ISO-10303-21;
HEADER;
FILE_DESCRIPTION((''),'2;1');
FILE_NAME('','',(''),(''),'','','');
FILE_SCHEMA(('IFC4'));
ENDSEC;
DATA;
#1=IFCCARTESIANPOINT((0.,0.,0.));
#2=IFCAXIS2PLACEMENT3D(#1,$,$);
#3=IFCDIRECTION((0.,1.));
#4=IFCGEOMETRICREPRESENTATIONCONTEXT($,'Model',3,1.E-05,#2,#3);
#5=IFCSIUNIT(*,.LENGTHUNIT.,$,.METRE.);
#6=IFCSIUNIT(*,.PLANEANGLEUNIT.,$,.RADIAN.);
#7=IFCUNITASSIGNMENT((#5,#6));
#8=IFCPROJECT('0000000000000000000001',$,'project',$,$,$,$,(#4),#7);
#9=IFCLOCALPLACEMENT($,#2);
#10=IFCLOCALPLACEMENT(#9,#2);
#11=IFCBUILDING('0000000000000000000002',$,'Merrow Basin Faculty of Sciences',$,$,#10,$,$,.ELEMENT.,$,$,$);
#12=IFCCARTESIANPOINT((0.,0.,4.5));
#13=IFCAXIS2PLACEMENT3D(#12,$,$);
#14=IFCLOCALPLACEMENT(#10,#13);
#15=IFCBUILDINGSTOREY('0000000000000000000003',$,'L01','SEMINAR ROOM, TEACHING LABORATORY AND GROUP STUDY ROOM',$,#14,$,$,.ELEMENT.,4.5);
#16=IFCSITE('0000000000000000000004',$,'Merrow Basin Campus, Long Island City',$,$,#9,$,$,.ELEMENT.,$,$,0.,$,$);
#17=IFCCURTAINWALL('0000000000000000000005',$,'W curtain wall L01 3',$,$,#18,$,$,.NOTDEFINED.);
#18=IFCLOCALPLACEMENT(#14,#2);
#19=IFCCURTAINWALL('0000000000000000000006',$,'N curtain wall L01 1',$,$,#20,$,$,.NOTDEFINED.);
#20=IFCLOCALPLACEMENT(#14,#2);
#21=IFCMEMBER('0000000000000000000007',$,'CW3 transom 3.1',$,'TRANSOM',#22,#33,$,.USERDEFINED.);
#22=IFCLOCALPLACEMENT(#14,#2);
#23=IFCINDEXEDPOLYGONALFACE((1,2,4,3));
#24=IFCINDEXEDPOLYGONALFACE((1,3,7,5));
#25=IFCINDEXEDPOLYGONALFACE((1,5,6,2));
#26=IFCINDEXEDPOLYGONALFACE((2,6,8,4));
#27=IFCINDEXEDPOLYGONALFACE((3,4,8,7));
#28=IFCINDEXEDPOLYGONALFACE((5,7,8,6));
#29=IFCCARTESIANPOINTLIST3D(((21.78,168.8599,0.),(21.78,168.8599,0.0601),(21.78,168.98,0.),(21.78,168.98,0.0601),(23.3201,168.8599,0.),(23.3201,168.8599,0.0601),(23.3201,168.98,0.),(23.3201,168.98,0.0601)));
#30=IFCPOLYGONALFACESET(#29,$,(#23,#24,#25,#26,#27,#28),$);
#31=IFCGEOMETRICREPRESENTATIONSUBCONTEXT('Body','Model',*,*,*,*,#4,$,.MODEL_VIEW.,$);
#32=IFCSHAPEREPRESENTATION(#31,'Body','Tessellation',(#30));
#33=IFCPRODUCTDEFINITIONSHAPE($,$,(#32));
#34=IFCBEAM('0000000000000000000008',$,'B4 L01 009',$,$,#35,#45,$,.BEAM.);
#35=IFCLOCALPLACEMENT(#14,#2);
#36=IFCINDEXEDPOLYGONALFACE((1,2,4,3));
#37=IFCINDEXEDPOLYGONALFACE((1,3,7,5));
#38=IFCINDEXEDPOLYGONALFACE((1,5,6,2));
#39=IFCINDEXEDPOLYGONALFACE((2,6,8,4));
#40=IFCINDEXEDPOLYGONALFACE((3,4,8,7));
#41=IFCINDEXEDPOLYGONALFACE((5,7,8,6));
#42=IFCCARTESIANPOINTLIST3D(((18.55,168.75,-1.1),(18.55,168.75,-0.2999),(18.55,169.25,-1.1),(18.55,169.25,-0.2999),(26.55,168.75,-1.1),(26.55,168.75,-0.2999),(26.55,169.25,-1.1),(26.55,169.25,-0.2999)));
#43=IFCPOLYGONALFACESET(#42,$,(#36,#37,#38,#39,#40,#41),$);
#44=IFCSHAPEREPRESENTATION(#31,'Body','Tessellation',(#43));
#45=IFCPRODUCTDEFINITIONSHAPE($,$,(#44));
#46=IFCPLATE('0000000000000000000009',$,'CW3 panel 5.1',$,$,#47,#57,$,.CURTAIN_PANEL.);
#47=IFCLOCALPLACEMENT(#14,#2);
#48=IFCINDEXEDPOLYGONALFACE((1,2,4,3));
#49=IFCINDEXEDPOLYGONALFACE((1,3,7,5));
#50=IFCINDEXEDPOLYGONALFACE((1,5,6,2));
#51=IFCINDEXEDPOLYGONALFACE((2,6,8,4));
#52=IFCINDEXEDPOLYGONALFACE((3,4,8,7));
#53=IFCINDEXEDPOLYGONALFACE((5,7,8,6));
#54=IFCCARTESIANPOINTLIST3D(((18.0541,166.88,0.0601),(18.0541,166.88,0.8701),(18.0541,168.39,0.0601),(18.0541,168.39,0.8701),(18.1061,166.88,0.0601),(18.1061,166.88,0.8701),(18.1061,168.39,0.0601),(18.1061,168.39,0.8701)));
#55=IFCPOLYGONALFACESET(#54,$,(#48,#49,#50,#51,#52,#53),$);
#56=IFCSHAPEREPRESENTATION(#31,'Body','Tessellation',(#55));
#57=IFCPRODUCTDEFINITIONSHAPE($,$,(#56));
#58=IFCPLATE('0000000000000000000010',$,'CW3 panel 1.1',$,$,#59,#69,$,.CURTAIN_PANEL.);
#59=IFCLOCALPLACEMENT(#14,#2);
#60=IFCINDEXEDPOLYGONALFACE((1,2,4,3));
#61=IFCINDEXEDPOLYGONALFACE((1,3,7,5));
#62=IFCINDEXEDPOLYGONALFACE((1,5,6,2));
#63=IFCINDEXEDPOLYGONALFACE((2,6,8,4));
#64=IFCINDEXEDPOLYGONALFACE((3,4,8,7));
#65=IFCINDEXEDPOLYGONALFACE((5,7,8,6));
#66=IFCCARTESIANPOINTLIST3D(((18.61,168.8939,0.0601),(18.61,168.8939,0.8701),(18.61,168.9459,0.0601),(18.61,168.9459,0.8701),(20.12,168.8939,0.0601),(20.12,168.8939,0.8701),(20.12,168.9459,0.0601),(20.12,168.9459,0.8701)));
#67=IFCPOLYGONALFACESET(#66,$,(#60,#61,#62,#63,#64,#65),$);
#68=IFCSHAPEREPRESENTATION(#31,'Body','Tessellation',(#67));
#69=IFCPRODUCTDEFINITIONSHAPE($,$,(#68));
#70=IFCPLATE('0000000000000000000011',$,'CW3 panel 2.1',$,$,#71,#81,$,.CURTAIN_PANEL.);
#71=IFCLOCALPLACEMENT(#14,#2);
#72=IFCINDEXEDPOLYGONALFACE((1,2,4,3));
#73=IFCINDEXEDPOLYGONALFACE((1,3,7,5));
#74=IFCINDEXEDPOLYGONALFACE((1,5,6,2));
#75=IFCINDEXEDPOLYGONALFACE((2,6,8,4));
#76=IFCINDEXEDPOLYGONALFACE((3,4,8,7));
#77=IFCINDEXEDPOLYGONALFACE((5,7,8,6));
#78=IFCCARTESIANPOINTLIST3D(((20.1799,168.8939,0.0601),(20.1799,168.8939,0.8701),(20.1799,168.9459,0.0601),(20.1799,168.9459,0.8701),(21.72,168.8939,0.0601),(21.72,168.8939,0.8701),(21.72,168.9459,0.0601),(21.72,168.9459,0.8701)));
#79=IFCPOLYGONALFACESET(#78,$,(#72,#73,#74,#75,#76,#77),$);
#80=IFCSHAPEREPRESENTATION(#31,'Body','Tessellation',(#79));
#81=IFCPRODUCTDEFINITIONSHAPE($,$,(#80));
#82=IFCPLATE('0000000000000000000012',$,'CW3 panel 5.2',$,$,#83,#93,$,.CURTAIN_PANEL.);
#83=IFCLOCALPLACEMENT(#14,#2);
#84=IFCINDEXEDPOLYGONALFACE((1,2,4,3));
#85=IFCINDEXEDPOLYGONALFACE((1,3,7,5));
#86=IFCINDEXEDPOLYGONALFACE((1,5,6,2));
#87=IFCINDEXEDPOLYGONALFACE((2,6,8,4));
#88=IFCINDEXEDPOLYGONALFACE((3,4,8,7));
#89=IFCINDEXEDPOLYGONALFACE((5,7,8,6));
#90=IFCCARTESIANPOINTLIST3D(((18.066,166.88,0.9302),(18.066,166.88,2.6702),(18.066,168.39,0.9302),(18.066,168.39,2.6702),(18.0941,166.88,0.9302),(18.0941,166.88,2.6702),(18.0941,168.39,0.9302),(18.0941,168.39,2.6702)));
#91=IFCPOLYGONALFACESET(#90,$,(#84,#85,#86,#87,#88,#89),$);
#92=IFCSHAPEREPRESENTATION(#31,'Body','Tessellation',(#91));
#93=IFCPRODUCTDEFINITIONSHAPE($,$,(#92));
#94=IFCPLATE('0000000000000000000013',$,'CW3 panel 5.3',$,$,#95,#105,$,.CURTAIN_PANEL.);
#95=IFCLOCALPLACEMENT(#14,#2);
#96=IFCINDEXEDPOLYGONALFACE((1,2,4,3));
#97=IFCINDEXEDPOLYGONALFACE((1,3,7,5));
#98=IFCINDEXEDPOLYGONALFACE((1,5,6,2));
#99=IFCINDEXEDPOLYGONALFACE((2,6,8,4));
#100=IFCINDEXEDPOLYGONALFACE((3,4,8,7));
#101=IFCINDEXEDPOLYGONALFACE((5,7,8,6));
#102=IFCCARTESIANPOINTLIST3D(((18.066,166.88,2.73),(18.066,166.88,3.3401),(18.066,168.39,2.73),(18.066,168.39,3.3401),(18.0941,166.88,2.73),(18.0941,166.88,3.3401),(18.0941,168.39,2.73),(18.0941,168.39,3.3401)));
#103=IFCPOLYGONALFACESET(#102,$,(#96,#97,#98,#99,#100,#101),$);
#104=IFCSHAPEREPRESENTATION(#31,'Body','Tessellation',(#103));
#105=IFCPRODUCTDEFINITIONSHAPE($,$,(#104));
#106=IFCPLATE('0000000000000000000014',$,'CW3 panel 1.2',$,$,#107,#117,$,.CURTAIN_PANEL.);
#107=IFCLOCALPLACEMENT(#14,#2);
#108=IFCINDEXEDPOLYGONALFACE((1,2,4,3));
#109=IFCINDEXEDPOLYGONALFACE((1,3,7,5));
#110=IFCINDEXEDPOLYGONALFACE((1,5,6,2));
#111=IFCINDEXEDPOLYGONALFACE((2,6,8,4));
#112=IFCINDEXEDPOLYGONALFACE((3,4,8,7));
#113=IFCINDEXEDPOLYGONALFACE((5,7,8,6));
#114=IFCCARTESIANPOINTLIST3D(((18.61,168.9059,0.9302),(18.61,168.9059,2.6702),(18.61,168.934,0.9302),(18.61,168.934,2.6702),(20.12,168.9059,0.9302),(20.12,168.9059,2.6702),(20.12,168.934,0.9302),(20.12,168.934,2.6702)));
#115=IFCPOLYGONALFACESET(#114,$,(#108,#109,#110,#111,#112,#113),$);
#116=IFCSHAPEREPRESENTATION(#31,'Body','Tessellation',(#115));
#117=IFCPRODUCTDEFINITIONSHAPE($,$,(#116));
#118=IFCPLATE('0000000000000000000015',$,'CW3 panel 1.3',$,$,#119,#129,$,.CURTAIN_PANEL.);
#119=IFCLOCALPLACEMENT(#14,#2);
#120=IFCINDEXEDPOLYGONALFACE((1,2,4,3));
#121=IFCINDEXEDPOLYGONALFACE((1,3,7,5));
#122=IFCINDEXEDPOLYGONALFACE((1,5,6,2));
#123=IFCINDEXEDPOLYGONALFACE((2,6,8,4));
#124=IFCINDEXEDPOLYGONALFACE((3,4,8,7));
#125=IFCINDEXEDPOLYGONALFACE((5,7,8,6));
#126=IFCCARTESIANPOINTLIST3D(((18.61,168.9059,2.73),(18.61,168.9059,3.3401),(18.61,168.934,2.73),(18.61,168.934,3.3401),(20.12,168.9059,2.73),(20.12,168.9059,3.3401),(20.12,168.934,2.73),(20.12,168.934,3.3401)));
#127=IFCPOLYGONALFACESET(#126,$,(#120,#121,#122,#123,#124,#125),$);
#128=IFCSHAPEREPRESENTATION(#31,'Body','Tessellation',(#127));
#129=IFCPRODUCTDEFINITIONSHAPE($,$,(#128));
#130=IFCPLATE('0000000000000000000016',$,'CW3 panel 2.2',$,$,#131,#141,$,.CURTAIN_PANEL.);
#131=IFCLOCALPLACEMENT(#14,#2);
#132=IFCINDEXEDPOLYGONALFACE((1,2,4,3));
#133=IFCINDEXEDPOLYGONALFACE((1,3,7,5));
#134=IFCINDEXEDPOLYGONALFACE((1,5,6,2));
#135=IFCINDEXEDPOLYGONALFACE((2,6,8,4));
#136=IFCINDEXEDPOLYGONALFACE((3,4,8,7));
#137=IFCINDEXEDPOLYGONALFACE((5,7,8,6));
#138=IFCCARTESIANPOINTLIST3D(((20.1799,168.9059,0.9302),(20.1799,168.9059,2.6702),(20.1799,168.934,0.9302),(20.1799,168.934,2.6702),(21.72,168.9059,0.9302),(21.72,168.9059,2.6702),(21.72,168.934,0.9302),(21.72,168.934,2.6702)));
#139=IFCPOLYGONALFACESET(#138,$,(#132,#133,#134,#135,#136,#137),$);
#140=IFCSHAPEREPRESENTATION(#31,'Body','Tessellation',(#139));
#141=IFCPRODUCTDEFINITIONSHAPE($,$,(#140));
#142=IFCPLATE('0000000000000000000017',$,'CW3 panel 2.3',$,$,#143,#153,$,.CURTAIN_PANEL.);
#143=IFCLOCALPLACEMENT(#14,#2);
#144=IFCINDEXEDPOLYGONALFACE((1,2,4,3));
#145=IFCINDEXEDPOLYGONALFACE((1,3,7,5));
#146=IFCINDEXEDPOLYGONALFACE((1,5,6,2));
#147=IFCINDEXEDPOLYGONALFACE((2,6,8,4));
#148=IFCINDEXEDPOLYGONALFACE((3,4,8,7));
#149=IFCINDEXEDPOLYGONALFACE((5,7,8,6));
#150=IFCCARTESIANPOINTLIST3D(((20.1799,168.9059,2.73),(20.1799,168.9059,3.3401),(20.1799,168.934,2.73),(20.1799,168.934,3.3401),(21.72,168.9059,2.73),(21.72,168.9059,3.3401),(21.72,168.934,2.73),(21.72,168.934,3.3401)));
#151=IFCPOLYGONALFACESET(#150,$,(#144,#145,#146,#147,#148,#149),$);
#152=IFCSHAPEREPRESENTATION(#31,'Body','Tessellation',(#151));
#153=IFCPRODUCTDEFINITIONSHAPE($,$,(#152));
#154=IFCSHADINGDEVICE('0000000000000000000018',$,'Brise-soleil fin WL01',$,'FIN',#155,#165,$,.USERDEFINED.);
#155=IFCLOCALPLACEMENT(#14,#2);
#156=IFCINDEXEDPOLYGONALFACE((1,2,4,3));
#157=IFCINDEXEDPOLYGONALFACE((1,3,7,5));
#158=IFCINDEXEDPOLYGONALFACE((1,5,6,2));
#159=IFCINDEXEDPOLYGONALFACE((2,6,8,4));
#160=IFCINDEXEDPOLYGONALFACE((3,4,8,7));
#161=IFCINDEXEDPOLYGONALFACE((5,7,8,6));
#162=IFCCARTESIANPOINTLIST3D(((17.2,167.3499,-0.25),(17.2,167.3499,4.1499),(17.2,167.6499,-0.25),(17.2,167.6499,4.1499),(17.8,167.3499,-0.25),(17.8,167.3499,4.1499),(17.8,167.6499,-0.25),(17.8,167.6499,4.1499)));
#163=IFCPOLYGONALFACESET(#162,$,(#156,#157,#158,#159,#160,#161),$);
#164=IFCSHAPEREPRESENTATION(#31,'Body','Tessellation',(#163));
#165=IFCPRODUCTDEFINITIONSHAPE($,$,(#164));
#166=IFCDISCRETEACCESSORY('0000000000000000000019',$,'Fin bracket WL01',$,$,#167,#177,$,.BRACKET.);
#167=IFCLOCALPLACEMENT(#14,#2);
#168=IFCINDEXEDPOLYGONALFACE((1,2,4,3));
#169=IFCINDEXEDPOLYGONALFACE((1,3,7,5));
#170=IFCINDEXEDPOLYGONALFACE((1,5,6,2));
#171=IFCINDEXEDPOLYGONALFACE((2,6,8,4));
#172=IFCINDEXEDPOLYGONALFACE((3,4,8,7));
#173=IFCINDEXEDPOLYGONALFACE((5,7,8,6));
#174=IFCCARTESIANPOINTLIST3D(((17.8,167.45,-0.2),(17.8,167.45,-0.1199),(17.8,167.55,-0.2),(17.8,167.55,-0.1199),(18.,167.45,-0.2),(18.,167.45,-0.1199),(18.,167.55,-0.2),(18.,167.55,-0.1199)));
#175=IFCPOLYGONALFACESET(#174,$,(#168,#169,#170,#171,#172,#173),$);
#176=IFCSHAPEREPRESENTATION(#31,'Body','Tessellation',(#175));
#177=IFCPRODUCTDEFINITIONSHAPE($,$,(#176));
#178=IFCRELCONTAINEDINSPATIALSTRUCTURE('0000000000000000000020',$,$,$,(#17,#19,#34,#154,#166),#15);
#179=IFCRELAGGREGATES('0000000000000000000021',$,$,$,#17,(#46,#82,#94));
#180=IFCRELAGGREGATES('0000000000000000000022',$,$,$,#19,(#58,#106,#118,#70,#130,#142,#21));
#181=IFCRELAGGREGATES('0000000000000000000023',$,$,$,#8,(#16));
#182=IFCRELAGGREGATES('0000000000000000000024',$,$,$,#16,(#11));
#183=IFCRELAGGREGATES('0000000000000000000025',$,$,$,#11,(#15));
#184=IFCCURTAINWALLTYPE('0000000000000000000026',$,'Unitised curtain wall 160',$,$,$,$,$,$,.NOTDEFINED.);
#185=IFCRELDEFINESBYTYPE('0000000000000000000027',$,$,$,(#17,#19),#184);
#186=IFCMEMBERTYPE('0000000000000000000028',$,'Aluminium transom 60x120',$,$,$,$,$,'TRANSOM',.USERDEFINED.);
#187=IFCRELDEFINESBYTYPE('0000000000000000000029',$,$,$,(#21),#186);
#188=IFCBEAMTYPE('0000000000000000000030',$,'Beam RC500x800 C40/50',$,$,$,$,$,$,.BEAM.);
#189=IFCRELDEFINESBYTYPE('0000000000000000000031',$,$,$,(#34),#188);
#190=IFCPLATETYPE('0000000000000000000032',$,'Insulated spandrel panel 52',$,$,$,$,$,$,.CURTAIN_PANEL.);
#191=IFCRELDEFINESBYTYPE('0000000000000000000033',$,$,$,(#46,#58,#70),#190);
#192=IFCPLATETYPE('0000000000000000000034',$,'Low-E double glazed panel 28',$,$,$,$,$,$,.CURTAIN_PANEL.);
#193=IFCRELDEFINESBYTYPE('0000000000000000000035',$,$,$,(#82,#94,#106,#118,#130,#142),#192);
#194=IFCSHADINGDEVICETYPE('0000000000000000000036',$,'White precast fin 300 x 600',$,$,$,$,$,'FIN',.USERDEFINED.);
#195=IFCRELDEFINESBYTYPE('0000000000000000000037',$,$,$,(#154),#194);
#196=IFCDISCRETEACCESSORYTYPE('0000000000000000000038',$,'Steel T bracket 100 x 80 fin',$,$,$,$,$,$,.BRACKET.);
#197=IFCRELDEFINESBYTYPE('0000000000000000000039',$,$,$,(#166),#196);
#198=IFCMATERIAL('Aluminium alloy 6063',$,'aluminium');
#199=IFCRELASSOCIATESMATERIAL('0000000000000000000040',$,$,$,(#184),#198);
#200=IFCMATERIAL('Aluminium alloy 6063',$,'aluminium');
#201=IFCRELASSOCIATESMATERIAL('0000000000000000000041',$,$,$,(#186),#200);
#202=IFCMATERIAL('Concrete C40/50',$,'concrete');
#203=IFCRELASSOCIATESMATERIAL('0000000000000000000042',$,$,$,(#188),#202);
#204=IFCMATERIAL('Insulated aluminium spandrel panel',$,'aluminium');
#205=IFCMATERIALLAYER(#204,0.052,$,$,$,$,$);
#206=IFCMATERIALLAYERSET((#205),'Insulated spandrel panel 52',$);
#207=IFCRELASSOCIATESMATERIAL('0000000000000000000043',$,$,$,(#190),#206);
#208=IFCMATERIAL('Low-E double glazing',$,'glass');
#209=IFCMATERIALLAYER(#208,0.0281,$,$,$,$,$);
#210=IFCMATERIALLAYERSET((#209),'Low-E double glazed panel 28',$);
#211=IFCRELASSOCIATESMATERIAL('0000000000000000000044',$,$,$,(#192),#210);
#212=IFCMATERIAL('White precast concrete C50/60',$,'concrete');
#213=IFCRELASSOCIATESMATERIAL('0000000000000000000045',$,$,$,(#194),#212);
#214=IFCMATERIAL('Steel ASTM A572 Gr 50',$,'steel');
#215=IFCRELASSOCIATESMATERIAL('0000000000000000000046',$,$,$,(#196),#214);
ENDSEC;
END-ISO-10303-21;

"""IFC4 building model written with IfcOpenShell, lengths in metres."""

from ifc_helpers import new_model, si_unit, direction, frame, origin, origin_2d, place, context, subcontext, project, spatial, polyline, rectangle, outline, extrude, source, transform, mapped, material, layer, layer_set, material_profile, profile_set, type_object, element, aggregate, save


model = new_model("IFC4")

# Units and contexts
model_context = context("Model", 3, precision=1e-05, world=origin(), true_north=direction((0.0, 1.0)))
body_context = subcontext(model_context, "Body", "Model", "MODEL_VIEW")
ifc_project = project(units=[si_unit("LENGTHUNIT", "METRE"), si_unit("PLANEANGLEUNIT", "RADIAN")], contexts=[model_context])

# Site, building, storey
site_placement = place(None, origin())
site = spatial("IfcSite", under=ifc_project, at=site_placement, Name="Merrow Basin Campus, Long Island City", CompositionType="ELEMENT", RefElevation=0.0)
building_placement = place(site_placement, origin())
building = spatial("IfcBuilding", under=site, at=building_placement, Name="Merrow Basin Faculty of Sciences", CompositionType="ELEMENT")
storey_placement = place(building_placement, frame((0.0, 0.0, 4.5)))
storey = spatial("IfcBuildingStorey", under=building, at=storey_placement, Name="L01", Description="SEMINAR ROOM, TEACHING LABORATORY AND GROUP STUDY ROOM", CompositionType="ELEMENT", Elevation=4.5)

# Curtain wall
ifc_material_1 = material(Name="Aluminium alloy 6063", Category="aluminium")
curtain_wall_type = type_object("IfcCurtainWallType", Name="Unitised curtain wall 160", PredefinedType="NOTDEFINED", material=ifc_material_1)
curtain_wall_1_placement = place(storey_placement, origin())
curtain_wall_1 = element("IfcCurtainWall", 1, at=curtain_wall_1_placement, inside=storey, type_object=curtain_wall_type, Name="W curtain wall L01 3", PredefinedType="NOTDEFINED")

# Curtain wall
curtain_wall_2_placement = place(storey_placement, origin())
curtain_wall_2 = element("IfcCurtainWall", 2, at=curtain_wall_2_placement, inside=storey, type_object=curtain_wall_type, Name="N curtain wall L01 1", PredefinedType="NOTDEFINED")

# Member
ifc_material_2 = material(Name="Aluminium alloy 6063", Category="aluminium")
ifc_material_profile_1 = material_profile(ifc_material_2, rectangle(XDim=0.1201, YDim=0.0601, at=origin_2d()))
ifc_profile_set_1 = profile_set([ifc_material_profile_1], Name="Aluminium alloy 6063")
member_type_1 = type_object("IfcMemberType", Name="Aluminium transom 60x120", ElementType="TRANSOM", PredefinedType="USERDEFINED", material=ifc_profile_set_1)
member_1_placement = place(storey_placement, frame((21.78, 168.9199, 0.03), z_axis=(1.0, 0.0, 0.0), x_axis=(0.0, 1.0, 0.0)))
member_1 = element("IfcMember", 3, at=member_1_placement, type_object=member_type_1, Name="CW3 transom 3.1", ObjectType="TRANSOM", PredefinedType="USERDEFINED", context=body_context, shape_type="SweptSolid", body=[
    extrude(rectangle(XDim=0.1201, YDim=0.0601, at=origin_2d()), origin(), (0.0, 0.0, 1.0), 1.54),
])

# Beam
ifc_material_3 = material(Name="Concrete C40/50", Category="concrete")
ifc_material_profile_2 = material_profile(ifc_material_3, rectangle(XDim=0.5, YDim=0.8, at=origin_2d()))
ifc_profile_set_2 = profile_set([ifc_material_profile_2], Name="Concrete C40/50")
beam_type = type_object("IfcBeamType", Name="Beam RC500x800 C40/50", PredefinedType="BEAM", material=ifc_profile_set_2)
beam_placement = place(storey_placement, frame((18.55, 169.0, -0.7), z_axis=(1.0, 0.0, 0.0), x_axis=(0.0, 1.0, 0.0)))
element("IfcBeam", 4, at=beam_placement, inside=storey, type_object=beam_type, Name="B4 L01 009", PredefinedType="BEAM", context=body_context, shape_type="SweptSolid", body=[
    extrude(rectangle(XDim=0.5, YDim=0.8, at=origin_2d()), origin(), (0.0, 0.0, 1.0), 8.0),
])

# Plates
ifc_material_4 = material(Name="Insulated aluminium spandrel panel", Category="aluminium")
ifc_layer_1 = layer(ifc_material_4, 0.052)
ifc_layer_set_1 = layer_set([ifc_layer_1], Name="Insulated spandrel panel 52")
plate_type_1 = type_object("IfcPlateType", Name="Insulated spandrel panel 52", PredefinedType="CURTAIN_PANEL", material=ifc_layer_set_1)
plate_1_placement = place(storey_placement, frame((18.0801, 167.635, 0.0601), z_axis=(0.0, 0.0, 1.0), x_axis=(0.0, 1.0, 0.0)))
plate_1 = element("IfcPlate", 5, at=plate_1_placement, type_object=plate_type_1, Name="CW3 panel 5.1", PredefinedType="CURTAIN_PANEL", context=body_context, shape_type="SweptSolid", body=[
    extrude(rectangle(XDim=1.51, YDim=0.052, at=origin_2d()), origin(), (0.0, 0.0, 1.0), 0.8101),
])
plate_2_placement = place(storey_placement, frame((19.365, 168.9199, 0.0601), z_axis=(0.0, 0.0, 1.0), x_axis=(1.0, 0.0, 0.0)))
plate_2 = element("IfcPlate", 6, at=plate_2_placement, type_object=plate_type_1, Name="CW3 panel 1.1", PredefinedType="CURTAIN_PANEL", context=body_context, shape_type="SweptSolid", body=[
    extrude(rectangle(XDim=1.51, YDim=0.052, at=origin_2d()), origin(), (0.0, 0.0, 1.0), 0.8101),
])
plate_3_placement = place(storey_placement, frame((20.95, 168.9199, 0.0601), z_axis=(0.0, 0.0, 1.0), x_axis=(1.0, 0.0, 0.0)))
plate_3 = element("IfcPlate", 7, at=plate_3_placement, type_object=plate_type_1, Name="CW3 panel 2.1", PredefinedType="CURTAIN_PANEL", context=body_context, shape_type="SweptSolid", body=[
    extrude(rectangle(XDim=1.54, YDim=0.052, at=origin_2d()), origin(), (0.0, 0.0, 1.0), 0.8101),
])
ifc_material_5 = material(Name="Low-E double glazing", Category="glass")
ifc_layer_2 = layer(ifc_material_5, 0.0281)
ifc_layer_set_2 = layer_set([ifc_layer_2], Name="Low-E double glazed panel 28")
plate_type_2 = type_object("IfcPlateType", Name="Low-E double glazed panel 28", PredefinedType="CURTAIN_PANEL", material=ifc_layer_set_2)
plate_4_placement = place(storey_placement, frame((18.0801, 167.635, 0.9302), z_axis=(0.0, 0.0, 1.0), x_axis=(0.0, 1.0, 0.0)))
plate_4 = element("IfcPlate", 8, at=plate_4_placement, type_object=plate_type_2, Name="CW3 panel 5.2", PredefinedType="CURTAIN_PANEL", context=body_context, shape_type="SweptSolid", body=[
    extrude(rectangle(XDim=1.51, YDim=0.0281, at=origin_2d()), origin(), (0.0, 0.0, 1.0), 1.74),
])
plate_5_placement = place(storey_placement, frame((18.0801, 167.635, 2.73), z_axis=(0.0, 0.0, 1.0), x_axis=(0.0, 1.0, 0.0)))
plate_5 = element("IfcPlate", 9, at=plate_5_placement, type_object=plate_type_2, Name="CW3 panel 5.3", PredefinedType="CURTAIN_PANEL", context=body_context, shape_type="SweptSolid", body=[
    extrude(rectangle(XDim=1.51, YDim=0.0281, at=origin_2d()), origin(), (0.0, 0.0, 1.0), 0.6101),
])
aggregate(curtain_wall_1, [plate_1, plate_4, plate_5])
plate_6_placement = place(storey_placement, frame((19.365, 168.9199, 0.9302), z_axis=(0.0, 0.0, 1.0), x_axis=(1.0, 0.0, 0.0)))
plate_6 = element("IfcPlate", 10, at=plate_6_placement, type_object=plate_type_2, Name="CW3 panel 1.2", PredefinedType="CURTAIN_PANEL", context=body_context, shape_type="SweptSolid", body=[
    extrude(rectangle(XDim=1.51, YDim=0.0281, at=origin_2d()), origin(), (0.0, 0.0, 1.0), 1.74),
])
plate_7_placement = place(storey_placement, frame((19.365, 168.9199, 2.73), z_axis=(0.0, 0.0, 1.0), x_axis=(1.0, 0.0, 0.0)))
plate_7 = element("IfcPlate", 11, at=plate_7_placement, type_object=plate_type_2, Name="CW3 panel 1.3", PredefinedType="CURTAIN_PANEL", context=body_context, shape_type="SweptSolid", body=[
    extrude(rectangle(XDim=1.51, YDim=0.0281, at=origin_2d()), origin(), (0.0, 0.0, 1.0), 0.6101),
])
plate_8_placement = place(storey_placement, frame((20.95, 168.9199, 0.9302), z_axis=(0.0, 0.0, 1.0), x_axis=(1.0, 0.0, 0.0)))
plate_8 = element("IfcPlate", 12, at=plate_8_placement, type_object=plate_type_2, Name="CW3 panel 2.2", PredefinedType="CURTAIN_PANEL", context=body_context, shape_type="SweptSolid", body=[
    extrude(rectangle(XDim=1.54, YDim=0.0281, at=origin_2d()), origin(), (0.0, 0.0, 1.0), 1.74),
])
plate_9_placement = place(storey_placement, frame((20.95, 168.9199, 2.73), z_axis=(0.0, 0.0, 1.0), x_axis=(1.0, 0.0, 0.0)))
plate_9 = element("IfcPlate", 13, at=plate_9_placement, type_object=plate_type_2, Name="CW3 panel 2.3", PredefinedType="CURTAIN_PANEL", context=body_context, shape_type="SweptSolid", body=[
    extrude(rectangle(XDim=1.54, YDim=0.0281, at=origin_2d()), origin(), (0.0, 0.0, 1.0), 0.6101),
])
aggregate(curtain_wall_2, [plate_2, plate_6, plate_7, plate_3, plate_8, plate_9, member_1])

# Shading device
ifc_material_6 = material(Name="White precast concrete C50/60", Category="concrete")
shading_device_type = type_object("IfcShadingDeviceType", Name="White precast fin 300 x 600", ElementType="FIN", PredefinedType="USERDEFINED", material=ifc_material_6)
shared_shape_1 = source(origin(), body_context, "Body", "SweptSolid", [
    extrude(outline(polyline([(0.0, 0.0), (0.3, 0.0), (0.3, 4.3999), (0.0, 4.3999), (0.0, 0.0)])), origin(), (0.0, 0.0, 1.0), 0.6001),
])
shading_device_placement = place(storey_placement, frame((17.8, 167.6499, -0.25), z_axis=(-1.0, 0.0, 0.0), x_axis=(0.0, -1.0, 0.0)))
element("IfcShadingDevice", 14, at=shading_device_placement, inside=storey, type_object=shading_device_type, Name="Brise-soleil fin WL01", ObjectType="FIN", PredefinedType="USERDEFINED", context=body_context, shape_type="MappedRepresentation", body=[
    mapped(shared_shape_1, transform((0.0, 0.0, 0.0), scale=1.0)),
])

# Discrete accessory
ifc_material_7 = material(Name="Steel ASTM A572 Gr 50", Category="steel")
discrete_accessory_type = type_object("IfcDiscreteAccessoryType", Name="Steel T bracket 100 x 80 fin", PredefinedType="BRACKET", material=ifc_material_7)
shared_shape_2 = source(origin(), body_context, "Body", "SweptSolid", [
    extrude(outline(polyline([(0.0, 0.0), (0.1001, 0.0), (0.1001, 0.0801), (0.0, 0.0801), (0.0, 0.0)])), origin(), (0.0, 0.0, 1.0), 0.2),
])
discrete_accessory_placement = place(storey_placement, frame((18.0, 167.55, -0.2), z_axis=(-1.0, 0.0, 0.0), x_axis=(0.0, -1.0, 0.0)))
element("IfcDiscreteAccessory", 15, at=discrete_accessory_placement, inside=storey, type_object=discrete_accessory_type, Name="Fin bracket WL01", PredefinedType="BRACKET", context=body_context, shape_type="MappedRepresentation", body=[
    mapped(shared_shape_2, transform((0.0, 0.0, 0.0), scale=1.0)),
])

save(model, "model.ifc")
